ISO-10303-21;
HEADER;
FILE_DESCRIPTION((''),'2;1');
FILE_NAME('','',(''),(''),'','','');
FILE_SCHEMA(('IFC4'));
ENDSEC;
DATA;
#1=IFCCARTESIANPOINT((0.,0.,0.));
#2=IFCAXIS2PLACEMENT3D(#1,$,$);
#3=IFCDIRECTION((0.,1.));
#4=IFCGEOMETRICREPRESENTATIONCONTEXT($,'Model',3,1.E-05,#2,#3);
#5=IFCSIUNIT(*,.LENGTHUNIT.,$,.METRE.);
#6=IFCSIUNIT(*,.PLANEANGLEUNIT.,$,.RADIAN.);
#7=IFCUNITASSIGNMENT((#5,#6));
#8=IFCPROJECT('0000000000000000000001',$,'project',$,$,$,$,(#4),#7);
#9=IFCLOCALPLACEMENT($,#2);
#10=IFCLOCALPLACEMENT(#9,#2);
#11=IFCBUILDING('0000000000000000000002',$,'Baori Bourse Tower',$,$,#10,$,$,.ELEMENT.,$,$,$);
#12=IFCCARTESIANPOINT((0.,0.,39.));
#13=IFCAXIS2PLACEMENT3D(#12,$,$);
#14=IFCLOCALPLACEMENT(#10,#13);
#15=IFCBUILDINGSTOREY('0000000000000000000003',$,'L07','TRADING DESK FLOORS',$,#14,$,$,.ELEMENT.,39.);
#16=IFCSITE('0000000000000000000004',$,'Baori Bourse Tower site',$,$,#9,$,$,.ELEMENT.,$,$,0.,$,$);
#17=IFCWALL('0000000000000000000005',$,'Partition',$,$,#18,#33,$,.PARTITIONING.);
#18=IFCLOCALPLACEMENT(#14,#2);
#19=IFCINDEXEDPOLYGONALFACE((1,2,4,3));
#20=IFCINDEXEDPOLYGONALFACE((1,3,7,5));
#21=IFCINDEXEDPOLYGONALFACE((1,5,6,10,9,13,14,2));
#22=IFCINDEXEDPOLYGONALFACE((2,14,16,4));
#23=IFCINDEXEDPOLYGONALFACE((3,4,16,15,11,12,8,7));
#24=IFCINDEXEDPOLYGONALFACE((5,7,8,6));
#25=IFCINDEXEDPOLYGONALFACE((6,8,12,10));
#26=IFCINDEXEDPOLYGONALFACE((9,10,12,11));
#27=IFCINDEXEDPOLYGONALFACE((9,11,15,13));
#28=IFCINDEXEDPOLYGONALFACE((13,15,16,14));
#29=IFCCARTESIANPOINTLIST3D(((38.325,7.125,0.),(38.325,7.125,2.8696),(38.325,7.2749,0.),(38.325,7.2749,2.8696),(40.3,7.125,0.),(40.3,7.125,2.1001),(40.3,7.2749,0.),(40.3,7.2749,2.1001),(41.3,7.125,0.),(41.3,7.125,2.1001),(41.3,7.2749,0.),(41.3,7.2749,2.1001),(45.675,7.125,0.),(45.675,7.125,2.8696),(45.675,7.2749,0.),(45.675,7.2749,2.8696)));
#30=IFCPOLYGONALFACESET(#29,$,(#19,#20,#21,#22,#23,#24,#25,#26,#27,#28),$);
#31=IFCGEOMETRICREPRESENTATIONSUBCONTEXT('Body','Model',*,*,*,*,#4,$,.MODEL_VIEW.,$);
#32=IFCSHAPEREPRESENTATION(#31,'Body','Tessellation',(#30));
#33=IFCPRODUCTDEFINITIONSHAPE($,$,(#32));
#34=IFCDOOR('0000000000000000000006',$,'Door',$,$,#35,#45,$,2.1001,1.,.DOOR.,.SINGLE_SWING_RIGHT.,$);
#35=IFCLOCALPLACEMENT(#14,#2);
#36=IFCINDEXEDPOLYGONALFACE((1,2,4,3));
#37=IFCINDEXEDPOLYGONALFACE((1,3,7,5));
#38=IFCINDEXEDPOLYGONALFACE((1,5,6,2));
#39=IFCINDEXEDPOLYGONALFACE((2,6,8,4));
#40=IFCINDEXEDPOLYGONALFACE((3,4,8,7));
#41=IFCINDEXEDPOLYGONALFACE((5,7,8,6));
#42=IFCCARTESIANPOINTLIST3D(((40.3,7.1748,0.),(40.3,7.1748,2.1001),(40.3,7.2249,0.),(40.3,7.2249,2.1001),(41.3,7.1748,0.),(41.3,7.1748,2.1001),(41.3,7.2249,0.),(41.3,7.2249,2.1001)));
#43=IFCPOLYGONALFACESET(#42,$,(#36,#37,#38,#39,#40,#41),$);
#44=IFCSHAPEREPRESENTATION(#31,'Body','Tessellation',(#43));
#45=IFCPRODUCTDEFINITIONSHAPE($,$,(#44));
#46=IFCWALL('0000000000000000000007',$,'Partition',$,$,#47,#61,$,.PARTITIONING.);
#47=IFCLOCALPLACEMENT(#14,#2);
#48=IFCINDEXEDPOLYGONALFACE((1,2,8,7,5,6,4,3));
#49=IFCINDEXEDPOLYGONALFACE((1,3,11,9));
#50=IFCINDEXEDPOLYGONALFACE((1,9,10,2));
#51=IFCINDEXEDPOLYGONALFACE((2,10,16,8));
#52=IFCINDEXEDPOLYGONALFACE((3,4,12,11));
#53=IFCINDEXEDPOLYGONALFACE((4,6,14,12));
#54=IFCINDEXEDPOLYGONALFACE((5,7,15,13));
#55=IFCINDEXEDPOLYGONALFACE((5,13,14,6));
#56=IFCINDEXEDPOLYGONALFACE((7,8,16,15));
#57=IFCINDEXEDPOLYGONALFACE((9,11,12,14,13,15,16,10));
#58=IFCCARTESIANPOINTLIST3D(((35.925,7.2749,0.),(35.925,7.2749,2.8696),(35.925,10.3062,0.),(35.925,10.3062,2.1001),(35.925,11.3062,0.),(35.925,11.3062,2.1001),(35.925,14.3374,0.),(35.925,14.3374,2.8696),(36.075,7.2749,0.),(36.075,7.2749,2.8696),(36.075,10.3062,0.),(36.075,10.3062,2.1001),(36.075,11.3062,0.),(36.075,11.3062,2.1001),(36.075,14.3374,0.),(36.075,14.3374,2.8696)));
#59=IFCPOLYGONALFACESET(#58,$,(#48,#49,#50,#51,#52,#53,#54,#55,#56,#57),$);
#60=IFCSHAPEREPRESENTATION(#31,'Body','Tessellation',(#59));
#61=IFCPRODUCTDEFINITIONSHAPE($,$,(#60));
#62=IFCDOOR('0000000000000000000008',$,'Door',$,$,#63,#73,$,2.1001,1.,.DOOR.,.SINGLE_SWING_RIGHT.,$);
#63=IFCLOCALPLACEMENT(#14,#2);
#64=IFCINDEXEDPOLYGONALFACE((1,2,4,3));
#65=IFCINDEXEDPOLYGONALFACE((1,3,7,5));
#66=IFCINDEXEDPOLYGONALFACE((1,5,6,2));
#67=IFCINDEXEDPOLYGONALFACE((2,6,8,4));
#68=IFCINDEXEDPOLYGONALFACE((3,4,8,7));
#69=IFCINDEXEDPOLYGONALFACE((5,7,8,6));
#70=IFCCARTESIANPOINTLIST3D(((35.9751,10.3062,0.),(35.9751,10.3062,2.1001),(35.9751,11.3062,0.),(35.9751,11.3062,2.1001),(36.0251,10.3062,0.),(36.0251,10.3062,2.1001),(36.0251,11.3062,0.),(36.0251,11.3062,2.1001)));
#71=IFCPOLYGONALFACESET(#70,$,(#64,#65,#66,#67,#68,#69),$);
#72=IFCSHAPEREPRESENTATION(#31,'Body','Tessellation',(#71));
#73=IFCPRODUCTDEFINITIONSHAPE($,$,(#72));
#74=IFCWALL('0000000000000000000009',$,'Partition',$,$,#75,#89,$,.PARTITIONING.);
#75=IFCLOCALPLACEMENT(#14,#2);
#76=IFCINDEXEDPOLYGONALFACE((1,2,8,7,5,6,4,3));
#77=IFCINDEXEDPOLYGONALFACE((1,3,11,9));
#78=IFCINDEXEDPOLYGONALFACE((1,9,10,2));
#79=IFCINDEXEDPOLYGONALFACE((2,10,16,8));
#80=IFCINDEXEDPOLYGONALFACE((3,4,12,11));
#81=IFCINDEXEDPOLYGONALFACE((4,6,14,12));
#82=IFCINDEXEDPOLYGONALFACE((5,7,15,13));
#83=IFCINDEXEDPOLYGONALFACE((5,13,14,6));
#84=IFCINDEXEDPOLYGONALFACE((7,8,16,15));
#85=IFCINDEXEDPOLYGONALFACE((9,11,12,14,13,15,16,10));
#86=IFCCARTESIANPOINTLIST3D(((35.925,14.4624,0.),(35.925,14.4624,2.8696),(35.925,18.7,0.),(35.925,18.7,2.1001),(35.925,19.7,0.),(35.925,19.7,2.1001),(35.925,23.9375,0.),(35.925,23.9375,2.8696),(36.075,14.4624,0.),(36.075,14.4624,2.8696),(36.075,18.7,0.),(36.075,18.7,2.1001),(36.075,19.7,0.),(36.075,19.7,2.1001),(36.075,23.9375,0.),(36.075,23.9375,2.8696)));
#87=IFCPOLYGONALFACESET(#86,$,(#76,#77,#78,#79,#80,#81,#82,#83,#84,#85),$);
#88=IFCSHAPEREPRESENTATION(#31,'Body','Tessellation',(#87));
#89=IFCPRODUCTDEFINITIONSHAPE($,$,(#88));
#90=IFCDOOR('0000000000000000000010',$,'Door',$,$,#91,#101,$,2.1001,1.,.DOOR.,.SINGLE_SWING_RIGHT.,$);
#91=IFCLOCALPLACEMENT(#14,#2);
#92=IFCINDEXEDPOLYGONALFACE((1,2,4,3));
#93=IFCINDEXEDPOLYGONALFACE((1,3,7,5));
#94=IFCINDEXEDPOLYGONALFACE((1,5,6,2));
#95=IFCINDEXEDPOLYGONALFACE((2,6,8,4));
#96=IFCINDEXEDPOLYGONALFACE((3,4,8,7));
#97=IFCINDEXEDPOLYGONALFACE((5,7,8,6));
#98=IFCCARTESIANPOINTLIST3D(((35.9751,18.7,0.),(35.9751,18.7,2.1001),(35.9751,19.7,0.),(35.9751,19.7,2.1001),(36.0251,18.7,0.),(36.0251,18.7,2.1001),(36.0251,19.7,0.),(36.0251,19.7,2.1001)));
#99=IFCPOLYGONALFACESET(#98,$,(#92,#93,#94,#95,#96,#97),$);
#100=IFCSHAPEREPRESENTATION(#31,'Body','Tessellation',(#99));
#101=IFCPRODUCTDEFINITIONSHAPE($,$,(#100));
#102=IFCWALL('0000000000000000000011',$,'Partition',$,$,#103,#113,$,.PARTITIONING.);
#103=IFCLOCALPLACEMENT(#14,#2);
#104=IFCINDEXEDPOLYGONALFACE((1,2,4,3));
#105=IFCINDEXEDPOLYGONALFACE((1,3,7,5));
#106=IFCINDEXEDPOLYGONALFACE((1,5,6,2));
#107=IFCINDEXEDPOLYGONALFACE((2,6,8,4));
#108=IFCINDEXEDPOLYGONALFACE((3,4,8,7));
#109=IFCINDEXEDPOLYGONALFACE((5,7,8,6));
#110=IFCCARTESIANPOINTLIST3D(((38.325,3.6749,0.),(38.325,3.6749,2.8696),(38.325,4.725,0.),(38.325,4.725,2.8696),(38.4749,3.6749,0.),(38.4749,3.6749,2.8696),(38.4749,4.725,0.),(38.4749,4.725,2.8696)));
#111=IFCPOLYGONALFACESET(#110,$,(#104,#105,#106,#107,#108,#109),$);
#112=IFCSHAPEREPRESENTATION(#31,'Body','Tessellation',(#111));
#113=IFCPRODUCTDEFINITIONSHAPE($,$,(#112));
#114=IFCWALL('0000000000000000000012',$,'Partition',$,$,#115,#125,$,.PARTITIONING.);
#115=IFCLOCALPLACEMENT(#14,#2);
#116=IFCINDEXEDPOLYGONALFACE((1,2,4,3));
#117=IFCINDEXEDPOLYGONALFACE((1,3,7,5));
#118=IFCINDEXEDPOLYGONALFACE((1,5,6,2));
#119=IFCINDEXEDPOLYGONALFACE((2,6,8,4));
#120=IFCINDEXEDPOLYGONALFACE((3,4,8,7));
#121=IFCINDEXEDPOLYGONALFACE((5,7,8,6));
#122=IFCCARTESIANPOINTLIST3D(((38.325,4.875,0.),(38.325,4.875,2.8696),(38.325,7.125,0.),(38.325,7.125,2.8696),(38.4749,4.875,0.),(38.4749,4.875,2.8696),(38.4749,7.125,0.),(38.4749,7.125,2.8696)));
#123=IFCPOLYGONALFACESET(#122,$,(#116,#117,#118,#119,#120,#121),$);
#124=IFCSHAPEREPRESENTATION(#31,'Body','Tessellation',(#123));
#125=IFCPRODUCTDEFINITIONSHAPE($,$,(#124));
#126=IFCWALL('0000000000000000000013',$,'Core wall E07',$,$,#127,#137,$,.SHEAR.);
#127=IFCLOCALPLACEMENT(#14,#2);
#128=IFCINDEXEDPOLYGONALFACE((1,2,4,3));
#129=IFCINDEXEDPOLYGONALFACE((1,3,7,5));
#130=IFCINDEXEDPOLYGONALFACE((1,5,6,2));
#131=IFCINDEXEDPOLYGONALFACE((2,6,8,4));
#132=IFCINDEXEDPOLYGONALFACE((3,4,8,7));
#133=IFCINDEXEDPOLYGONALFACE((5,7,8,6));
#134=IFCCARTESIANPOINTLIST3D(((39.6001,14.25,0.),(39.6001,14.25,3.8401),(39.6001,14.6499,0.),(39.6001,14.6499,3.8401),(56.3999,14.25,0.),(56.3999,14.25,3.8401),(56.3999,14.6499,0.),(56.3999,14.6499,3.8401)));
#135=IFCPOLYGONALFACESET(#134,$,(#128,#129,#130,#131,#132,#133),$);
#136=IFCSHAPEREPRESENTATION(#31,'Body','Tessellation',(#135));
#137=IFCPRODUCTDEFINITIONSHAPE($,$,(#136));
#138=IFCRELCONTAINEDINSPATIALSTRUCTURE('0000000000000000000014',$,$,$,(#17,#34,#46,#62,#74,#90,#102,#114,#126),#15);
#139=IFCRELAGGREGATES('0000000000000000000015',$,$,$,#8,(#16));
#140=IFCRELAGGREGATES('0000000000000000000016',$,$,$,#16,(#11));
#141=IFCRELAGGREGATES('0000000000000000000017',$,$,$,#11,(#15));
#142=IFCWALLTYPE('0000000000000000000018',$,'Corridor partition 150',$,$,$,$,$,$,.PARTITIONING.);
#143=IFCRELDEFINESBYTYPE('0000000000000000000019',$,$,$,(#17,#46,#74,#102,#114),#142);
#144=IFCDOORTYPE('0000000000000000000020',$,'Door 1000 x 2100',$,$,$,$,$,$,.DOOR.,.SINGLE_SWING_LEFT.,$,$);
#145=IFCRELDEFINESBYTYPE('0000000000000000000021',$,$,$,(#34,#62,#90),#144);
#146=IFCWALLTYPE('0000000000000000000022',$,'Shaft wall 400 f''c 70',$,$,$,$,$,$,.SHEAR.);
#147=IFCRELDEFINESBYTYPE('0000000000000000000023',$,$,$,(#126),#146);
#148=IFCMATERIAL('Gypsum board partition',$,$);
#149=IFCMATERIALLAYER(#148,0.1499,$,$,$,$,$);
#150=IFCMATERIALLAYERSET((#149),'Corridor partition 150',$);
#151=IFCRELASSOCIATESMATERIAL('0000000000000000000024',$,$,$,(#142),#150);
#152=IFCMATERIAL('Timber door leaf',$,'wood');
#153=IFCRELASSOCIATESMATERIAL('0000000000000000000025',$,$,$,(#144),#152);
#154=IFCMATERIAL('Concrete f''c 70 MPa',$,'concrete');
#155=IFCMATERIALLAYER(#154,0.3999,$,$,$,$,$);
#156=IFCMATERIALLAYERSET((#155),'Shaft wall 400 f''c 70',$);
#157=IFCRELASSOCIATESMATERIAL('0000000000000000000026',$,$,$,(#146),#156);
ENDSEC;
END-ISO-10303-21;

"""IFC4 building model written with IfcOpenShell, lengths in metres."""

from ifc_helpers import new_model, si_unit, direction, frame, frame_2d, origin, place, context, subcontext, project, spatial, rectangle, extrude, material, layer, layer_set, type_object, element, fill, save


model = new_model("IFC4")

# Units and contexts
model_context = context("Model", 3, precision=1e-05, world=origin(), true_north=direction((0.0, 1.0)))
body_context = subcontext(model_context, "Body", "Model", "MODEL_VIEW")
ifc_project = project(units=[si_unit("LENGTHUNIT", "METRE"), si_unit("PLANEANGLEUNIT", "RADIAN")], contexts=[model_context])

# Site, building, storey
site_placement = place(None, origin())
site = spatial("IfcSite", under=ifc_project, at=site_placement, Name="Baori Bourse Tower site", CompositionType="ELEMENT", RefElevation=0.0)
building_placement = place(site_placement, origin())
building = spatial("IfcBuilding", under=site, at=building_placement, Name="Baori Bourse Tower", CompositionType="ELEMENT")
storey_placement = place(building_placement, frame((0.0, 0.0, 39.0)))
storey = spatial("IfcBuildingStorey", under=building, at=storey_placement, Name="L07", Description="TRADING DESK FLOORS", CompositionType="ELEMENT", Elevation=39.0)

# Shared definitions
ifc_material_1 = material(Name="Gypsum board partition")
ifc_layer_1 = layer(ifc_material_1, 0.1499)
ifc_layer_set_1 = layer_set([ifc_layer_1], Name="Corridor partition 150")
wall_type_1 = type_object("IfcWallType", Name="Corridor partition 150", PredefinedType="PARTITIONING", material=ifc_layer_set_1)

# Walls, openings, doors
wall_1_placement = place(storey_placement, frame((38.325, 7.2, 0.0), z_axis=(0.0, 0.0, 1.0), x_axis=(1.0, 0.0, 0.0)))
wall_1 = element("IfcWall", 1, at=wall_1_placement, inside=storey, type_object=wall_type_1, Name="Partition", PredefinedType="PARTITIONING", context=body_context, shape_type="SweptSolid", body=[
    extrude(rectangle(XDim=7.3501, YDim=0.1499, at=frame_2d((3.675, 0.0))), origin(), (0.0, 0.0, 1.0), 2.8696),
])
opening_1_placement = place(wall_1_placement, frame((1.9751, 0.0, 0.0)))
opening_1 = element("IfcOpeningElement", 2, at=opening_1_placement, cuts=wall_1, PredefinedType="OPENING", context=body_context, shape_type="SweptSolid", body=[
    extrude(rectangle(XDim=1.0, YDim=2.1001, at=frame_2d((0.5, 1.05))), frame((0.0, 0.085, 0.0), z_axis=(0.0, -1.0, 0.0), x_axis=(1.0, 0.0, 0.0)), (0.0, 0.0, 1.0), 0.1699),
])
ifc_material_2 = material(Name="Timber door leaf", Category="wood")
door_type_1 = type_object("IfcDoorType", Name="Door 1000 x 2100", OperationType="SINGLE_SWING_LEFT", PredefinedType="DOOR", material=ifc_material_2)
door_1_placement = place(opening_1_placement, origin())
door_1 = element("IfcDoor", 3, at=door_1_placement, inside=storey, type_object=door_type_1, Name="Door", OperationType="SINGLE_SWING_RIGHT", OverallHeight=2.1001, OverallWidth=1.0, PredefinedType="DOOR", context=body_context, shape_type="SweptSolid", body=[
    extrude(rectangle(XDim=1.0, YDim=2.1001, at=frame_2d((0.5, 1.05))), frame((0.0, 0.0249, 0.0), z_axis=(0.0, -1.0, 0.0), x_axis=(1.0, 0.0, 0.0)), (0.0, 0.0, 1.0), 0.05),
])
fill(opening_1, door_1)
wall_2_placement = place(storey_placement, frame((36.0, 7.2749, 0.0), z_axis=(0.0, 0.0, 1.0), x_axis=(0.0, 1.0, 0.0)))
wall_2 = element("IfcWall", 4, at=wall_2_placement, inside=storey, type_object=wall_type_1, Name="Partition", PredefinedType="PARTITIONING", context=body_context, shape_type="SweptSolid", body=[
    extrude(rectangle(XDim=7.0625, YDim=0.1499, at=frame_2d((3.5312, 0.0))), origin(), (0.0, 0.0, 1.0), 2.8696),
])
opening_2_placement = place(wall_2_placement, frame((3.0312, 0.0, 0.0)))
opening_2 = element("IfcOpeningElement", 5, at=opening_2_placement, cuts=wall_2, PredefinedType="OPENING", context=body_context, shape_type="SweptSolid", body=[
    extrude(rectangle(XDim=1.0, YDim=2.1001, at=frame_2d((0.5, 1.05))), frame((0.0, 0.085, 0.0), z_axis=(0.0, -1.0, 0.0), x_axis=(1.0, 0.0, 0.0)), (0.0, 0.0, 1.0), 0.1699),
])
door_2_placement = place(opening_2_placement, origin())
door_2 = element("IfcDoor", 6, at=door_2_placement, inside=storey, type_object=door_type_1, Name="Door", OperationType="SINGLE_SWING_RIGHT", OverallHeight=2.1001, OverallWidth=1.0, PredefinedType="DOOR", context=body_context, shape_type="SweptSolid", body=[
    extrude(rectangle(XDim=1.0, YDim=2.1001, at=frame_2d((0.5, 1.05))), frame((0.0, 0.0249, 0.0), z_axis=(0.0, -1.0, 0.0), x_axis=(1.0, 0.0, 0.0)), (0.0, 0.0, 1.0), 0.05),
])
fill(opening_2, door_2)
wall_3_placement = place(storey_placement, frame((36.0, 14.4624, 0.0), z_axis=(0.0, 0.0, 1.0), x_axis=(0.0, 1.0, 0.0)))
wall_3 = element("IfcWall", 7, at=wall_3_placement, inside=storey, type_object=wall_type_1, Name="Partition", PredefinedType="PARTITIONING", context=body_context, shape_type="SweptSolid", body=[
    extrude(rectangle(XDim=9.4751, YDim=0.1499, at=frame_2d((4.7375, 0.0))), origin(), (0.0, 0.0, 1.0), 2.8696),
])
opening_3_placement = place(wall_3_placement, frame((4.2375, 0.0, 0.0)))
opening_3 = element("IfcOpeningElement", 8, at=opening_3_placement, cuts=wall_3, PredefinedType="OPENING", context=body_context, shape_type="SweptSolid", body=[
    extrude(rectangle(XDim=1.0, YDim=2.1001, at=frame_2d((0.5, 1.05))), frame((0.0, 0.085, 0.0), z_axis=(0.0, -1.0, 0.0), x_axis=(1.0, 0.0, 0.0)), (0.0, 0.0, 1.0), 0.1699),
])
door_3_placement = place(opening_3_placement, origin())
door_3 = element("IfcDoor", 9, at=door_3_placement, inside=storey, type_object=door_type_1, Name="Door", OperationType="SINGLE_SWING_RIGHT", OverallHeight=2.1001, OverallWidth=1.0, PredefinedType="DOOR", context=body_context, shape_type="SweptSolid", body=[
    extrude(rectangle(XDim=1.0, YDim=2.1001, at=frame_2d((0.5, 1.05))), frame((0.0, 0.0249, 0.0), z_axis=(0.0, -1.0, 0.0), x_axis=(1.0, 0.0, 0.0)), (0.0, 0.0, 1.0), 0.05),
])
fill(opening_3, door_3)

# Walls
wall_4_placement = place(storey_placement, frame((38.3999, 3.675, 0.0), z_axis=(0.0, 0.0, 1.0), x_axis=(0.0, 1.0, 0.0)))
element("IfcWall", 10, at=wall_4_placement, inside=storey, type_object=wall_type_1, Name="Partition", PredefinedType="PARTITIONING", context=body_context, shape_type="SweptSolid", body=[
    extrude(rectangle(XDim=1.05, YDim=0.1499, at=frame_2d((0.5249, 0.0))), origin(), (0.0, 0.0, 1.0), 2.8696),
])
wall_5_placement = place(storey_placement, frame((38.3999, 4.875, 0.0), z_axis=(0.0, 0.0, 1.0), x_axis=(0.0, 1.0, 0.0)))
element("IfcWall", 11, at=wall_5_placement, inside=storey, type_object=wall_type_1, Name="Partition", PredefinedType="PARTITIONING", context=body_context, shape_type="SweptSolid", body=[
    extrude(rectangle(XDim=2.25, YDim=0.1499, at=frame_2d((1.125, 0.0))), origin(), (0.0, 0.0, 1.0), 2.8696),
])
ifc_material_3 = material(Name="Concrete f'c 70 MPa", Category="concrete")
ifc_layer_2 = layer(ifc_material_3, 0.3999)
ifc_layer_set_2 = layer_set([ifc_layer_2], Name="Shaft wall 400 f'c 70")
wall_type_2 = type_object("IfcWallType", Name="Shaft wall 400 f'c 70", PredefinedType="SHEAR", material=ifc_layer_set_2)
wall_6_placement = place(storey_placement, frame((39.6001, 14.45, 0.0), z_axis=(0.0, 0.0, 1.0), x_axis=(1.0, 0.0, 0.0)))
element("IfcWall", 12, at=wall_6_placement, inside=storey, type_object=wall_type_2, Name="Core wall E07", PredefinedType="SHEAR", context=body_context, shape_type="SweptSolid", body=[
    extrude(rectangle(XDim=16.7998, YDim=0.3999, at=frame_2d((8.3999, 0.0))), origin(), (0.0, 0.0, 1.0), 3.8401),
])

save(model, "model.ifc")
